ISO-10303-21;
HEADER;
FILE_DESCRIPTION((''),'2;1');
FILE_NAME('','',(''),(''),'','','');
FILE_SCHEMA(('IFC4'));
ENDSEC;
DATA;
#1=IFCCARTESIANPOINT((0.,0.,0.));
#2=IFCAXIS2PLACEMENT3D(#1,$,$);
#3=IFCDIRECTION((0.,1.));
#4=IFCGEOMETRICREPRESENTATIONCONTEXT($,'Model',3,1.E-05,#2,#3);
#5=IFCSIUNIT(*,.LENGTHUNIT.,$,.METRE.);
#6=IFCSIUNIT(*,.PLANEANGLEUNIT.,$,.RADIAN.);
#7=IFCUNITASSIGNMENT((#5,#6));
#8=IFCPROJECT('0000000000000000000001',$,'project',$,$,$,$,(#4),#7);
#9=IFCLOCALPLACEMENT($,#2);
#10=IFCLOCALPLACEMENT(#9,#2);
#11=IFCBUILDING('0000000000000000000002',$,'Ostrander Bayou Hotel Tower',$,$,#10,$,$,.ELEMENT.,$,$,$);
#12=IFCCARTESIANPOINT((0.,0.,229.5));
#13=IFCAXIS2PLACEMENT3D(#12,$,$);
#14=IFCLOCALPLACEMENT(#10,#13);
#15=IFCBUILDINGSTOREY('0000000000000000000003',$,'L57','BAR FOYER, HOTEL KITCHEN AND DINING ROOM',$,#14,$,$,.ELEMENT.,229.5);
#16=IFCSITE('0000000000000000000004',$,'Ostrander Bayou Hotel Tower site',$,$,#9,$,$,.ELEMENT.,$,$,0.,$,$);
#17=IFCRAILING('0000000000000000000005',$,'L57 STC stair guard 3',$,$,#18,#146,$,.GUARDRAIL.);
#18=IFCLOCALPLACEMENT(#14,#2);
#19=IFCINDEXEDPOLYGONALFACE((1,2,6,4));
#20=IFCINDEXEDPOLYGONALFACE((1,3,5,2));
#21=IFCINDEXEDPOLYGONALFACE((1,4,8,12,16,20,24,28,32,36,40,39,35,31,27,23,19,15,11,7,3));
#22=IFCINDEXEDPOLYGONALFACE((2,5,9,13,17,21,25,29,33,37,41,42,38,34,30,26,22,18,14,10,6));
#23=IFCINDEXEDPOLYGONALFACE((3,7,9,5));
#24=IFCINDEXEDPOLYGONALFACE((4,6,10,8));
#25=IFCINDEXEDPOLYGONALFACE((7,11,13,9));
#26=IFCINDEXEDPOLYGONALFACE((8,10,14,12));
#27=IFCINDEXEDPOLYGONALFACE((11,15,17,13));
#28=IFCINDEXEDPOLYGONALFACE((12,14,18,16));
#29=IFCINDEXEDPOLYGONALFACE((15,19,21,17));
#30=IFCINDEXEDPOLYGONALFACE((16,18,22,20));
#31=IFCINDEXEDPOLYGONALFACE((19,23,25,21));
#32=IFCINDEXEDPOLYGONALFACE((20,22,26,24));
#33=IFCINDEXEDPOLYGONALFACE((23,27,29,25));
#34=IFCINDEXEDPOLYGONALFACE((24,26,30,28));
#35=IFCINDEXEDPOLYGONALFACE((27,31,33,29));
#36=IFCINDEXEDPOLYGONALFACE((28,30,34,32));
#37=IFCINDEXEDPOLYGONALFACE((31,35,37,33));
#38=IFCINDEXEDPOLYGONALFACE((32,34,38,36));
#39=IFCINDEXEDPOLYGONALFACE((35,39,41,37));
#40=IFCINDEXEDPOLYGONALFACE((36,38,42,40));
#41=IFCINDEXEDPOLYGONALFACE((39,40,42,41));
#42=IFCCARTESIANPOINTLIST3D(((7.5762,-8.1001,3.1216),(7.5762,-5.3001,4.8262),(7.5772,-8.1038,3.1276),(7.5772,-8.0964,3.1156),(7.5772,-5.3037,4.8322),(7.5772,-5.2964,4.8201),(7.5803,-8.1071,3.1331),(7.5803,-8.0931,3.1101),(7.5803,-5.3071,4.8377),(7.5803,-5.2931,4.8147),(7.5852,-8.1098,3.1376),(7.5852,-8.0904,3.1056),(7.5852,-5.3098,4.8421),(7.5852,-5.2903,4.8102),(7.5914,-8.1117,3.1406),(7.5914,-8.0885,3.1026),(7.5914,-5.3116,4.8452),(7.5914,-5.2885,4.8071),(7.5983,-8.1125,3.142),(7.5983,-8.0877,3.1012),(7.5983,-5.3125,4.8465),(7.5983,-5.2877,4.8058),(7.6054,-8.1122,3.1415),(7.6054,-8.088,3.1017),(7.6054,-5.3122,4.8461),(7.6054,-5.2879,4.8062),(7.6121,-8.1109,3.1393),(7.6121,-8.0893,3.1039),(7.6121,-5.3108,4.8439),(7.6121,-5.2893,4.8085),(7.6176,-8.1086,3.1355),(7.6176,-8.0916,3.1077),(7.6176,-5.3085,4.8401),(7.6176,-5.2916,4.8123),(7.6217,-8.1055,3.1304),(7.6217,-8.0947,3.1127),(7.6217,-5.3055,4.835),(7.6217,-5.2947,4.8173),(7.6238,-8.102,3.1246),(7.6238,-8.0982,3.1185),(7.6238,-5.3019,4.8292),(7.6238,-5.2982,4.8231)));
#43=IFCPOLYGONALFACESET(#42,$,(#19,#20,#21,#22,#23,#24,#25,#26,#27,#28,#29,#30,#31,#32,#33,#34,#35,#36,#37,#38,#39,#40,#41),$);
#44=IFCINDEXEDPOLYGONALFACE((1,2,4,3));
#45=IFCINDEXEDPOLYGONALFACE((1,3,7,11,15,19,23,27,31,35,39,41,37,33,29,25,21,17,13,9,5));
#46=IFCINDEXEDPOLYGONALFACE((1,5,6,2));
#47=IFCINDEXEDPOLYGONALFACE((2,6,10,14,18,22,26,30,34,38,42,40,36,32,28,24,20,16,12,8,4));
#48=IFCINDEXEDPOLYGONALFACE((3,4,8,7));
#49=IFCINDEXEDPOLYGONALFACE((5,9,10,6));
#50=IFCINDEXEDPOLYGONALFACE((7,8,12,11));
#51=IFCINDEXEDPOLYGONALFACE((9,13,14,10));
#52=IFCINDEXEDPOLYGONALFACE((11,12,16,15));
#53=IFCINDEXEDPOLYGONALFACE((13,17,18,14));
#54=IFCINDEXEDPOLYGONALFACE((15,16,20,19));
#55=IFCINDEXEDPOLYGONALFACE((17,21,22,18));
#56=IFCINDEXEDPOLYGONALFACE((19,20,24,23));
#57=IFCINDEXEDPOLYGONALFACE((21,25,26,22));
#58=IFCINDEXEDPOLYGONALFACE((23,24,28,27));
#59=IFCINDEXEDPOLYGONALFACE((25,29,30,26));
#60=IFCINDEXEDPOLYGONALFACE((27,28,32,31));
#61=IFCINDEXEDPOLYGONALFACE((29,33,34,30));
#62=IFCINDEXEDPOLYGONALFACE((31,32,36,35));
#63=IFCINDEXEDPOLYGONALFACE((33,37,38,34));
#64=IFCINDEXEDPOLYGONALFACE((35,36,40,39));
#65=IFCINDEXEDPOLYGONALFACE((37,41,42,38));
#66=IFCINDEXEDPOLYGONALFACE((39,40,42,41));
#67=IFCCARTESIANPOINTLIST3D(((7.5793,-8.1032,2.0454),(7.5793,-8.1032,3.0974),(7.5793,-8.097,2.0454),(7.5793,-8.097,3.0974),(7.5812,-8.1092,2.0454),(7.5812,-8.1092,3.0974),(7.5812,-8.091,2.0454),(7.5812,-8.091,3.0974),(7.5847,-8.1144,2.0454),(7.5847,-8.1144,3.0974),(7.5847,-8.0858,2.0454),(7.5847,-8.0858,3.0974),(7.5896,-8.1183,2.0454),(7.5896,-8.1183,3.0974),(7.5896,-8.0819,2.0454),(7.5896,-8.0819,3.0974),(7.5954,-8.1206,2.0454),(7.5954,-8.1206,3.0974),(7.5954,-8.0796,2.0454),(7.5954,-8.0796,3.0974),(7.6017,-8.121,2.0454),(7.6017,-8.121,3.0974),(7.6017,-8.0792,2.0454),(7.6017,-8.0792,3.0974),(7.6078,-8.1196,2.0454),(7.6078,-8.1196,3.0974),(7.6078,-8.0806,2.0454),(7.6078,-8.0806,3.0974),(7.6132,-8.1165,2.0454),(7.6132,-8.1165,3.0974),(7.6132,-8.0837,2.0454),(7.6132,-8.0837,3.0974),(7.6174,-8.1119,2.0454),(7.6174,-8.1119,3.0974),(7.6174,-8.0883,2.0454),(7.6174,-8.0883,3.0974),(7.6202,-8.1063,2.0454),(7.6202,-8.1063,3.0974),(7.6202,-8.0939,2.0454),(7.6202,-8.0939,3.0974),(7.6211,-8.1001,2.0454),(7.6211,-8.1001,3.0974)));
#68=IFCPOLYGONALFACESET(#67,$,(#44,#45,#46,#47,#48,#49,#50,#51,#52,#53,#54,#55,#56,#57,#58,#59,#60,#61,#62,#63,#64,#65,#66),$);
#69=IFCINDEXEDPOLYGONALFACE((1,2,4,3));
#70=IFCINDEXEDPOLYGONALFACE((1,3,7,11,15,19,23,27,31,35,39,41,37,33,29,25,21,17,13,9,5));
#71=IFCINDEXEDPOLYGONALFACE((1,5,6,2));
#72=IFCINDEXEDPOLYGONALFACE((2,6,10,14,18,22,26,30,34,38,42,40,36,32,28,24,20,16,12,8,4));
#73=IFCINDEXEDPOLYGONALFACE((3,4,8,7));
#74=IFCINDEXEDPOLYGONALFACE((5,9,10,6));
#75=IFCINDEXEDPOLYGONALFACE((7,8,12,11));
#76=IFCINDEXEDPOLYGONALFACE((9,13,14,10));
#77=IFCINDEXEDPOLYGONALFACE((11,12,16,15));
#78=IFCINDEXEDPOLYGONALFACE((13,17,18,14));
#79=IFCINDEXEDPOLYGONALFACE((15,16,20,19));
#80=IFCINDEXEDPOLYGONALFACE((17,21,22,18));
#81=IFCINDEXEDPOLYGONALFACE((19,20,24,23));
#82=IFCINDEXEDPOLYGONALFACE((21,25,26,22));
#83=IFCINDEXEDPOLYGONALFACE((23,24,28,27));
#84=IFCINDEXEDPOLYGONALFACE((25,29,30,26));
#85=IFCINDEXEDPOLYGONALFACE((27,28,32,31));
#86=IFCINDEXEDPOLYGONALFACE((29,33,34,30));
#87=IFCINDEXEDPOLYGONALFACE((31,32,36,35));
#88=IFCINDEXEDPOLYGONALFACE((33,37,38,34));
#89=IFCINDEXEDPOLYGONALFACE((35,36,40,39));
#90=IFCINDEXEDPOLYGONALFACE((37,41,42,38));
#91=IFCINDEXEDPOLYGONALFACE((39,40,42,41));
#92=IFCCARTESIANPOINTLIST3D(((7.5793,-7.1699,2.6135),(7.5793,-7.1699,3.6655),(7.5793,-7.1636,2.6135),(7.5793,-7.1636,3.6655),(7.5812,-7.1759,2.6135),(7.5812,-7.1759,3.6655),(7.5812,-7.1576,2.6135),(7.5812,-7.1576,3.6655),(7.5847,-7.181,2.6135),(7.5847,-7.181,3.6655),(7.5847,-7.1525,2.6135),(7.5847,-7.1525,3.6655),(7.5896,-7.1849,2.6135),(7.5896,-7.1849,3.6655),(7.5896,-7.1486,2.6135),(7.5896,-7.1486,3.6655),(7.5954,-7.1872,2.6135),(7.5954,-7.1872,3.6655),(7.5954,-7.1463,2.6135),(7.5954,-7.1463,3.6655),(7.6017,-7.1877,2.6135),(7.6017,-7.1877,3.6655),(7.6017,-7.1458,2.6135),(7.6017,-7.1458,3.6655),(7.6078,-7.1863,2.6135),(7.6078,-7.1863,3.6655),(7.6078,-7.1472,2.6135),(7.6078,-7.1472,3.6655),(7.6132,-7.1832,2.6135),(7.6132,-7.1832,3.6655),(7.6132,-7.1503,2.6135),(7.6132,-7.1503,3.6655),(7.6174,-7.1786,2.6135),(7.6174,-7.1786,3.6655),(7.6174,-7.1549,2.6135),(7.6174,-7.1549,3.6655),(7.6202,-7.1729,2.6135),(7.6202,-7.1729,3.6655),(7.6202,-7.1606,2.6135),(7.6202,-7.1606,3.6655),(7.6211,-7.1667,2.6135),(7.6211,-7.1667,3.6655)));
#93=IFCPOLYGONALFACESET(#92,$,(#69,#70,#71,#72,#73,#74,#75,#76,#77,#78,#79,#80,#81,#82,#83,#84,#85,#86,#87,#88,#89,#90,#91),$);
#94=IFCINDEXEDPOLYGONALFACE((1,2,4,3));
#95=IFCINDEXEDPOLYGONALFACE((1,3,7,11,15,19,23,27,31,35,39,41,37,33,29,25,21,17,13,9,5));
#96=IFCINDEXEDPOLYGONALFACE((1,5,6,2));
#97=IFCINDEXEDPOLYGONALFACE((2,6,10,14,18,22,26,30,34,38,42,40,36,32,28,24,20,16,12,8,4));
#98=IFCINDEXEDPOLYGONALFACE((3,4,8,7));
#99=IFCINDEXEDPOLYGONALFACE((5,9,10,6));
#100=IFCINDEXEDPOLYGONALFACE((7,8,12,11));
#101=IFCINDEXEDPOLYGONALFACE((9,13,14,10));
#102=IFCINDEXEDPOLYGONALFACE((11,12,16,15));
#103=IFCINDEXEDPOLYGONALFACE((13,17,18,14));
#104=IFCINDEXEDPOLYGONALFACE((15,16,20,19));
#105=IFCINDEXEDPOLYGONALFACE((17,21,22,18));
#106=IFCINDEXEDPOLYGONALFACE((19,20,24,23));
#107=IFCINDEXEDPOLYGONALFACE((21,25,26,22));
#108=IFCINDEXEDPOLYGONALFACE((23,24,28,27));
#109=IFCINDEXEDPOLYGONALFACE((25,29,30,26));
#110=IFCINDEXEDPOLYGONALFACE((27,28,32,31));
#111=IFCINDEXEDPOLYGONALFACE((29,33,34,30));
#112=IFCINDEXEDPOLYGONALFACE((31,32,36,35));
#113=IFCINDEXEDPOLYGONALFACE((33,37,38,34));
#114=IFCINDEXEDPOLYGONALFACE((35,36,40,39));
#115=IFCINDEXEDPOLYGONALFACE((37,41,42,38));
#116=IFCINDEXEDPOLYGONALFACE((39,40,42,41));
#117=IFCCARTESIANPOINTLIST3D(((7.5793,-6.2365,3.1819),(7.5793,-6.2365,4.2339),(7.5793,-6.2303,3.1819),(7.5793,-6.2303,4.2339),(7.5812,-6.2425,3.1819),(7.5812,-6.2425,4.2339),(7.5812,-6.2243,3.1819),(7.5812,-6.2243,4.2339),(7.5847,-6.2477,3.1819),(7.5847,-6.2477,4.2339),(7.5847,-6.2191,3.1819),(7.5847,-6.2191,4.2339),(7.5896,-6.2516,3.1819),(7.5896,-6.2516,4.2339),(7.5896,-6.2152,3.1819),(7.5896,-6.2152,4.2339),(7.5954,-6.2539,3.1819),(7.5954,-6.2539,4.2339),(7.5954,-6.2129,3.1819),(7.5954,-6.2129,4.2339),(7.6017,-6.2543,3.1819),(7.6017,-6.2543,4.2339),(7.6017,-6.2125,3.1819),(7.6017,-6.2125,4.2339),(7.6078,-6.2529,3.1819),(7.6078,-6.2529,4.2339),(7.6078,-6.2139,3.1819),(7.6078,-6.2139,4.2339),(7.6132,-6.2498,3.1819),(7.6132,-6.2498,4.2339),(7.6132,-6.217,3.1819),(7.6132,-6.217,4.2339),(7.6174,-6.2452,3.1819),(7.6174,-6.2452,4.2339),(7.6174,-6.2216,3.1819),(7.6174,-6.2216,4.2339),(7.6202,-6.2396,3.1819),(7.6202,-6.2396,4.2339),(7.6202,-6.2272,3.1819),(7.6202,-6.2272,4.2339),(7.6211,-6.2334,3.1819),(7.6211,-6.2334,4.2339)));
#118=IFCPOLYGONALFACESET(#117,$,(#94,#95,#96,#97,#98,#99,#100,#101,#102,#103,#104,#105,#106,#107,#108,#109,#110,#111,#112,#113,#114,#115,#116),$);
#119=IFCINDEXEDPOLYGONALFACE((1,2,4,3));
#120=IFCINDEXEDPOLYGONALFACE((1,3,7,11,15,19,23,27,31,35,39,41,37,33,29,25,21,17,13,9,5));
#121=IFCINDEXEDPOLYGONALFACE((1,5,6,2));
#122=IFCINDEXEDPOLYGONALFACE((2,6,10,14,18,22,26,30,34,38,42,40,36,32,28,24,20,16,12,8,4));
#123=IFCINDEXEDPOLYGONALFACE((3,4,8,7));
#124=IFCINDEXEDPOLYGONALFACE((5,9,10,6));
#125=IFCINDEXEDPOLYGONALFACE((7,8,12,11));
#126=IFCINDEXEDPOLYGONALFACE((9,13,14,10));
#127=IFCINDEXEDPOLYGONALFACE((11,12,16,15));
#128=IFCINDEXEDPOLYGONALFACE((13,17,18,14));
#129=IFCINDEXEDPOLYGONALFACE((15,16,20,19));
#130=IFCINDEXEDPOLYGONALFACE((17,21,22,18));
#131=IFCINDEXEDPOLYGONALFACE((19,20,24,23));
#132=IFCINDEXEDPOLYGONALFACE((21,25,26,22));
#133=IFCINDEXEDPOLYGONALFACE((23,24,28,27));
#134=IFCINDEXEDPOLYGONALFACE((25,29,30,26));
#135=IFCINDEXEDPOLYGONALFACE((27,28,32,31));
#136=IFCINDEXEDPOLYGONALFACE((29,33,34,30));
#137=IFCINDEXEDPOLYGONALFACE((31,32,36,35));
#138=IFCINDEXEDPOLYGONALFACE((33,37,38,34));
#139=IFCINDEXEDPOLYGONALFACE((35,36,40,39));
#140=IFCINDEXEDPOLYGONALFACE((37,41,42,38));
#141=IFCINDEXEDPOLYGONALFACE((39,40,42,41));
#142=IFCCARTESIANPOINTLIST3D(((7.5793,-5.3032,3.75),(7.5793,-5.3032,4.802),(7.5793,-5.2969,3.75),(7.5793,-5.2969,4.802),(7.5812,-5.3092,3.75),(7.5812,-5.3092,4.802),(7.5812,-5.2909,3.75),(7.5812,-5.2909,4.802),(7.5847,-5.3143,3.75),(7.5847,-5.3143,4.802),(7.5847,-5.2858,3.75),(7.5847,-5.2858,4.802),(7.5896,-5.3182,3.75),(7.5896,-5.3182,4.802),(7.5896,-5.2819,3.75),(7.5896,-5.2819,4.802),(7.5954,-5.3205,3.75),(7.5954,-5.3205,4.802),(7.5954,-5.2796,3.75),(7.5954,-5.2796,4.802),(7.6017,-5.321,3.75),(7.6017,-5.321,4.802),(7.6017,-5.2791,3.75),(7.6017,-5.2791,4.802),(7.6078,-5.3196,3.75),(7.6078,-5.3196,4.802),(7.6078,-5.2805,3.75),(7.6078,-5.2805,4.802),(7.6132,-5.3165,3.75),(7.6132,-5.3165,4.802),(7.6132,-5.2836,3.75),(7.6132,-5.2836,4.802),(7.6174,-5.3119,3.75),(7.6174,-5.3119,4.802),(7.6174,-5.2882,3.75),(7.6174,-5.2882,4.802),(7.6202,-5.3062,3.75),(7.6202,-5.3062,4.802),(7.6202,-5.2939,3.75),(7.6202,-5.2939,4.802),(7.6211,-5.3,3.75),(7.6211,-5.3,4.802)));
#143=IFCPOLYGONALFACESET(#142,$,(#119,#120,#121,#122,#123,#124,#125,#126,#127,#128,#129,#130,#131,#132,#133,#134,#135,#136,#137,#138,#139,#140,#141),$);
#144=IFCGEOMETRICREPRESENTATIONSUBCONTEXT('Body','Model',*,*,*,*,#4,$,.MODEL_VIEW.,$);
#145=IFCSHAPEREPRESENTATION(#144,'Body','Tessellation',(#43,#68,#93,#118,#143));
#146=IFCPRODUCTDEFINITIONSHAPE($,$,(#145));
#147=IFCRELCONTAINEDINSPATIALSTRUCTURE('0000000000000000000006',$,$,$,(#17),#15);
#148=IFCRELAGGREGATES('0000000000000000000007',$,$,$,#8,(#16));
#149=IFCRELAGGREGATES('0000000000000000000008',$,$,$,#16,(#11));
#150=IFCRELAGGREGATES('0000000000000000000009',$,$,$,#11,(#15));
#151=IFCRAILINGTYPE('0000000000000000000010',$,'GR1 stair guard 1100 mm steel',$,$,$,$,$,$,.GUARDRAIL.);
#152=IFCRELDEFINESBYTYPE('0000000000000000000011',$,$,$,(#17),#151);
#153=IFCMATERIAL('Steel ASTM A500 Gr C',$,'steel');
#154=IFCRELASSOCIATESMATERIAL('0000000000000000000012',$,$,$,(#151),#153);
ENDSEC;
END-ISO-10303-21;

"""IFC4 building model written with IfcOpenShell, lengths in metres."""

from ifc_helpers import new_model, si_unit, direction, frame, origin, origin_2d, place, context, subcontext, project, spatial, circle, extrude, material, type_object, element, save


model = new_model("IFC4")

# Units and contexts
model_context = context("Model", 3, precision=1e-05, world=origin(), true_north=direction((0.0, 1.0)))
body_context = subcontext(model_context, "Body", "Model", "MODEL_VIEW")
ifc_project = project(units=[si_unit("LENGTHUNIT", "METRE"), si_unit("PLANEANGLEUNIT", "RADIAN")], contexts=[model_context])

# Site, building, storey
site_placement = place(None, origin())
site = spatial("IfcSite", under=ifc_project, at=site_placement, Name="Ostrander Bayou Hotel Tower site", CompositionType="ELEMENT", RefElevation=0.0)
building_placement = place(site_placement, origin())
building = spatial("IfcBuilding", under=site, at=building_placement, Name="Ostrander Bayou Hotel Tower", CompositionType="ELEMENT")
storey_placement = place(building_placement, frame((0.0, 0.0, 229.5)))
storey = spatial("IfcBuildingStorey", under=building, at=storey_placement, Name="L57", Description="BAR FOYER, HOTEL KITCHEN AND DINING ROOM", CompositionType="ELEMENT", Elevation=229.5)

# Railing
ifc_material_1 = material(Name="Steel ASTM A500 Gr C", Category="steel")
railing_type_1 = type_object("IfcRailingType", Name="GR1 stair guard 1100 mm steel", PredefinedType="GUARDRAIL", material=ifc_material_1)
railing_1_placement = place(storey_placement, frame((7.6001, -8.1001, 2.0454)))
element("IfcRailing", 1, at=railing_1_placement, inside=storey, type_object=railing_type_1, Name="L57 STC stair guard 3", PredefinedType="GUARDRAIL", context=body_context, shape_type="SweptSolid", body=[
    extrude(circle(Radius=0.0239, at=origin_2d()), frame((0.0, 0.0, 1.0762), z_axis=(0.0, 0.85417, 0.519994), x_axis=(-1.0, 0.0, 0.0)), (0.0, 0.0, 1.0), 3.2781),
    extrude(circle(Radius=0.021, at=origin_2d()), origin(), (0.0, 0.0, 1.0), 1.052),
    extrude(circle(Radius=0.021, at=origin_2d()), frame((0.0, 0.9333, 0.5681)), (0.0, 0.0, 1.0), 1.052),
    extrude(circle(Radius=0.021, at=origin_2d()), frame((0.0, 1.8667, 1.1365)), (0.0, 0.0, 1.0), 1.052),
    extrude(circle(Radius=0.021, at=origin_2d()), frame((0.0, 2.8, 1.7046)), (0.0, 0.0, 1.0), 1.052),
])

save(model, "model.ifc")
